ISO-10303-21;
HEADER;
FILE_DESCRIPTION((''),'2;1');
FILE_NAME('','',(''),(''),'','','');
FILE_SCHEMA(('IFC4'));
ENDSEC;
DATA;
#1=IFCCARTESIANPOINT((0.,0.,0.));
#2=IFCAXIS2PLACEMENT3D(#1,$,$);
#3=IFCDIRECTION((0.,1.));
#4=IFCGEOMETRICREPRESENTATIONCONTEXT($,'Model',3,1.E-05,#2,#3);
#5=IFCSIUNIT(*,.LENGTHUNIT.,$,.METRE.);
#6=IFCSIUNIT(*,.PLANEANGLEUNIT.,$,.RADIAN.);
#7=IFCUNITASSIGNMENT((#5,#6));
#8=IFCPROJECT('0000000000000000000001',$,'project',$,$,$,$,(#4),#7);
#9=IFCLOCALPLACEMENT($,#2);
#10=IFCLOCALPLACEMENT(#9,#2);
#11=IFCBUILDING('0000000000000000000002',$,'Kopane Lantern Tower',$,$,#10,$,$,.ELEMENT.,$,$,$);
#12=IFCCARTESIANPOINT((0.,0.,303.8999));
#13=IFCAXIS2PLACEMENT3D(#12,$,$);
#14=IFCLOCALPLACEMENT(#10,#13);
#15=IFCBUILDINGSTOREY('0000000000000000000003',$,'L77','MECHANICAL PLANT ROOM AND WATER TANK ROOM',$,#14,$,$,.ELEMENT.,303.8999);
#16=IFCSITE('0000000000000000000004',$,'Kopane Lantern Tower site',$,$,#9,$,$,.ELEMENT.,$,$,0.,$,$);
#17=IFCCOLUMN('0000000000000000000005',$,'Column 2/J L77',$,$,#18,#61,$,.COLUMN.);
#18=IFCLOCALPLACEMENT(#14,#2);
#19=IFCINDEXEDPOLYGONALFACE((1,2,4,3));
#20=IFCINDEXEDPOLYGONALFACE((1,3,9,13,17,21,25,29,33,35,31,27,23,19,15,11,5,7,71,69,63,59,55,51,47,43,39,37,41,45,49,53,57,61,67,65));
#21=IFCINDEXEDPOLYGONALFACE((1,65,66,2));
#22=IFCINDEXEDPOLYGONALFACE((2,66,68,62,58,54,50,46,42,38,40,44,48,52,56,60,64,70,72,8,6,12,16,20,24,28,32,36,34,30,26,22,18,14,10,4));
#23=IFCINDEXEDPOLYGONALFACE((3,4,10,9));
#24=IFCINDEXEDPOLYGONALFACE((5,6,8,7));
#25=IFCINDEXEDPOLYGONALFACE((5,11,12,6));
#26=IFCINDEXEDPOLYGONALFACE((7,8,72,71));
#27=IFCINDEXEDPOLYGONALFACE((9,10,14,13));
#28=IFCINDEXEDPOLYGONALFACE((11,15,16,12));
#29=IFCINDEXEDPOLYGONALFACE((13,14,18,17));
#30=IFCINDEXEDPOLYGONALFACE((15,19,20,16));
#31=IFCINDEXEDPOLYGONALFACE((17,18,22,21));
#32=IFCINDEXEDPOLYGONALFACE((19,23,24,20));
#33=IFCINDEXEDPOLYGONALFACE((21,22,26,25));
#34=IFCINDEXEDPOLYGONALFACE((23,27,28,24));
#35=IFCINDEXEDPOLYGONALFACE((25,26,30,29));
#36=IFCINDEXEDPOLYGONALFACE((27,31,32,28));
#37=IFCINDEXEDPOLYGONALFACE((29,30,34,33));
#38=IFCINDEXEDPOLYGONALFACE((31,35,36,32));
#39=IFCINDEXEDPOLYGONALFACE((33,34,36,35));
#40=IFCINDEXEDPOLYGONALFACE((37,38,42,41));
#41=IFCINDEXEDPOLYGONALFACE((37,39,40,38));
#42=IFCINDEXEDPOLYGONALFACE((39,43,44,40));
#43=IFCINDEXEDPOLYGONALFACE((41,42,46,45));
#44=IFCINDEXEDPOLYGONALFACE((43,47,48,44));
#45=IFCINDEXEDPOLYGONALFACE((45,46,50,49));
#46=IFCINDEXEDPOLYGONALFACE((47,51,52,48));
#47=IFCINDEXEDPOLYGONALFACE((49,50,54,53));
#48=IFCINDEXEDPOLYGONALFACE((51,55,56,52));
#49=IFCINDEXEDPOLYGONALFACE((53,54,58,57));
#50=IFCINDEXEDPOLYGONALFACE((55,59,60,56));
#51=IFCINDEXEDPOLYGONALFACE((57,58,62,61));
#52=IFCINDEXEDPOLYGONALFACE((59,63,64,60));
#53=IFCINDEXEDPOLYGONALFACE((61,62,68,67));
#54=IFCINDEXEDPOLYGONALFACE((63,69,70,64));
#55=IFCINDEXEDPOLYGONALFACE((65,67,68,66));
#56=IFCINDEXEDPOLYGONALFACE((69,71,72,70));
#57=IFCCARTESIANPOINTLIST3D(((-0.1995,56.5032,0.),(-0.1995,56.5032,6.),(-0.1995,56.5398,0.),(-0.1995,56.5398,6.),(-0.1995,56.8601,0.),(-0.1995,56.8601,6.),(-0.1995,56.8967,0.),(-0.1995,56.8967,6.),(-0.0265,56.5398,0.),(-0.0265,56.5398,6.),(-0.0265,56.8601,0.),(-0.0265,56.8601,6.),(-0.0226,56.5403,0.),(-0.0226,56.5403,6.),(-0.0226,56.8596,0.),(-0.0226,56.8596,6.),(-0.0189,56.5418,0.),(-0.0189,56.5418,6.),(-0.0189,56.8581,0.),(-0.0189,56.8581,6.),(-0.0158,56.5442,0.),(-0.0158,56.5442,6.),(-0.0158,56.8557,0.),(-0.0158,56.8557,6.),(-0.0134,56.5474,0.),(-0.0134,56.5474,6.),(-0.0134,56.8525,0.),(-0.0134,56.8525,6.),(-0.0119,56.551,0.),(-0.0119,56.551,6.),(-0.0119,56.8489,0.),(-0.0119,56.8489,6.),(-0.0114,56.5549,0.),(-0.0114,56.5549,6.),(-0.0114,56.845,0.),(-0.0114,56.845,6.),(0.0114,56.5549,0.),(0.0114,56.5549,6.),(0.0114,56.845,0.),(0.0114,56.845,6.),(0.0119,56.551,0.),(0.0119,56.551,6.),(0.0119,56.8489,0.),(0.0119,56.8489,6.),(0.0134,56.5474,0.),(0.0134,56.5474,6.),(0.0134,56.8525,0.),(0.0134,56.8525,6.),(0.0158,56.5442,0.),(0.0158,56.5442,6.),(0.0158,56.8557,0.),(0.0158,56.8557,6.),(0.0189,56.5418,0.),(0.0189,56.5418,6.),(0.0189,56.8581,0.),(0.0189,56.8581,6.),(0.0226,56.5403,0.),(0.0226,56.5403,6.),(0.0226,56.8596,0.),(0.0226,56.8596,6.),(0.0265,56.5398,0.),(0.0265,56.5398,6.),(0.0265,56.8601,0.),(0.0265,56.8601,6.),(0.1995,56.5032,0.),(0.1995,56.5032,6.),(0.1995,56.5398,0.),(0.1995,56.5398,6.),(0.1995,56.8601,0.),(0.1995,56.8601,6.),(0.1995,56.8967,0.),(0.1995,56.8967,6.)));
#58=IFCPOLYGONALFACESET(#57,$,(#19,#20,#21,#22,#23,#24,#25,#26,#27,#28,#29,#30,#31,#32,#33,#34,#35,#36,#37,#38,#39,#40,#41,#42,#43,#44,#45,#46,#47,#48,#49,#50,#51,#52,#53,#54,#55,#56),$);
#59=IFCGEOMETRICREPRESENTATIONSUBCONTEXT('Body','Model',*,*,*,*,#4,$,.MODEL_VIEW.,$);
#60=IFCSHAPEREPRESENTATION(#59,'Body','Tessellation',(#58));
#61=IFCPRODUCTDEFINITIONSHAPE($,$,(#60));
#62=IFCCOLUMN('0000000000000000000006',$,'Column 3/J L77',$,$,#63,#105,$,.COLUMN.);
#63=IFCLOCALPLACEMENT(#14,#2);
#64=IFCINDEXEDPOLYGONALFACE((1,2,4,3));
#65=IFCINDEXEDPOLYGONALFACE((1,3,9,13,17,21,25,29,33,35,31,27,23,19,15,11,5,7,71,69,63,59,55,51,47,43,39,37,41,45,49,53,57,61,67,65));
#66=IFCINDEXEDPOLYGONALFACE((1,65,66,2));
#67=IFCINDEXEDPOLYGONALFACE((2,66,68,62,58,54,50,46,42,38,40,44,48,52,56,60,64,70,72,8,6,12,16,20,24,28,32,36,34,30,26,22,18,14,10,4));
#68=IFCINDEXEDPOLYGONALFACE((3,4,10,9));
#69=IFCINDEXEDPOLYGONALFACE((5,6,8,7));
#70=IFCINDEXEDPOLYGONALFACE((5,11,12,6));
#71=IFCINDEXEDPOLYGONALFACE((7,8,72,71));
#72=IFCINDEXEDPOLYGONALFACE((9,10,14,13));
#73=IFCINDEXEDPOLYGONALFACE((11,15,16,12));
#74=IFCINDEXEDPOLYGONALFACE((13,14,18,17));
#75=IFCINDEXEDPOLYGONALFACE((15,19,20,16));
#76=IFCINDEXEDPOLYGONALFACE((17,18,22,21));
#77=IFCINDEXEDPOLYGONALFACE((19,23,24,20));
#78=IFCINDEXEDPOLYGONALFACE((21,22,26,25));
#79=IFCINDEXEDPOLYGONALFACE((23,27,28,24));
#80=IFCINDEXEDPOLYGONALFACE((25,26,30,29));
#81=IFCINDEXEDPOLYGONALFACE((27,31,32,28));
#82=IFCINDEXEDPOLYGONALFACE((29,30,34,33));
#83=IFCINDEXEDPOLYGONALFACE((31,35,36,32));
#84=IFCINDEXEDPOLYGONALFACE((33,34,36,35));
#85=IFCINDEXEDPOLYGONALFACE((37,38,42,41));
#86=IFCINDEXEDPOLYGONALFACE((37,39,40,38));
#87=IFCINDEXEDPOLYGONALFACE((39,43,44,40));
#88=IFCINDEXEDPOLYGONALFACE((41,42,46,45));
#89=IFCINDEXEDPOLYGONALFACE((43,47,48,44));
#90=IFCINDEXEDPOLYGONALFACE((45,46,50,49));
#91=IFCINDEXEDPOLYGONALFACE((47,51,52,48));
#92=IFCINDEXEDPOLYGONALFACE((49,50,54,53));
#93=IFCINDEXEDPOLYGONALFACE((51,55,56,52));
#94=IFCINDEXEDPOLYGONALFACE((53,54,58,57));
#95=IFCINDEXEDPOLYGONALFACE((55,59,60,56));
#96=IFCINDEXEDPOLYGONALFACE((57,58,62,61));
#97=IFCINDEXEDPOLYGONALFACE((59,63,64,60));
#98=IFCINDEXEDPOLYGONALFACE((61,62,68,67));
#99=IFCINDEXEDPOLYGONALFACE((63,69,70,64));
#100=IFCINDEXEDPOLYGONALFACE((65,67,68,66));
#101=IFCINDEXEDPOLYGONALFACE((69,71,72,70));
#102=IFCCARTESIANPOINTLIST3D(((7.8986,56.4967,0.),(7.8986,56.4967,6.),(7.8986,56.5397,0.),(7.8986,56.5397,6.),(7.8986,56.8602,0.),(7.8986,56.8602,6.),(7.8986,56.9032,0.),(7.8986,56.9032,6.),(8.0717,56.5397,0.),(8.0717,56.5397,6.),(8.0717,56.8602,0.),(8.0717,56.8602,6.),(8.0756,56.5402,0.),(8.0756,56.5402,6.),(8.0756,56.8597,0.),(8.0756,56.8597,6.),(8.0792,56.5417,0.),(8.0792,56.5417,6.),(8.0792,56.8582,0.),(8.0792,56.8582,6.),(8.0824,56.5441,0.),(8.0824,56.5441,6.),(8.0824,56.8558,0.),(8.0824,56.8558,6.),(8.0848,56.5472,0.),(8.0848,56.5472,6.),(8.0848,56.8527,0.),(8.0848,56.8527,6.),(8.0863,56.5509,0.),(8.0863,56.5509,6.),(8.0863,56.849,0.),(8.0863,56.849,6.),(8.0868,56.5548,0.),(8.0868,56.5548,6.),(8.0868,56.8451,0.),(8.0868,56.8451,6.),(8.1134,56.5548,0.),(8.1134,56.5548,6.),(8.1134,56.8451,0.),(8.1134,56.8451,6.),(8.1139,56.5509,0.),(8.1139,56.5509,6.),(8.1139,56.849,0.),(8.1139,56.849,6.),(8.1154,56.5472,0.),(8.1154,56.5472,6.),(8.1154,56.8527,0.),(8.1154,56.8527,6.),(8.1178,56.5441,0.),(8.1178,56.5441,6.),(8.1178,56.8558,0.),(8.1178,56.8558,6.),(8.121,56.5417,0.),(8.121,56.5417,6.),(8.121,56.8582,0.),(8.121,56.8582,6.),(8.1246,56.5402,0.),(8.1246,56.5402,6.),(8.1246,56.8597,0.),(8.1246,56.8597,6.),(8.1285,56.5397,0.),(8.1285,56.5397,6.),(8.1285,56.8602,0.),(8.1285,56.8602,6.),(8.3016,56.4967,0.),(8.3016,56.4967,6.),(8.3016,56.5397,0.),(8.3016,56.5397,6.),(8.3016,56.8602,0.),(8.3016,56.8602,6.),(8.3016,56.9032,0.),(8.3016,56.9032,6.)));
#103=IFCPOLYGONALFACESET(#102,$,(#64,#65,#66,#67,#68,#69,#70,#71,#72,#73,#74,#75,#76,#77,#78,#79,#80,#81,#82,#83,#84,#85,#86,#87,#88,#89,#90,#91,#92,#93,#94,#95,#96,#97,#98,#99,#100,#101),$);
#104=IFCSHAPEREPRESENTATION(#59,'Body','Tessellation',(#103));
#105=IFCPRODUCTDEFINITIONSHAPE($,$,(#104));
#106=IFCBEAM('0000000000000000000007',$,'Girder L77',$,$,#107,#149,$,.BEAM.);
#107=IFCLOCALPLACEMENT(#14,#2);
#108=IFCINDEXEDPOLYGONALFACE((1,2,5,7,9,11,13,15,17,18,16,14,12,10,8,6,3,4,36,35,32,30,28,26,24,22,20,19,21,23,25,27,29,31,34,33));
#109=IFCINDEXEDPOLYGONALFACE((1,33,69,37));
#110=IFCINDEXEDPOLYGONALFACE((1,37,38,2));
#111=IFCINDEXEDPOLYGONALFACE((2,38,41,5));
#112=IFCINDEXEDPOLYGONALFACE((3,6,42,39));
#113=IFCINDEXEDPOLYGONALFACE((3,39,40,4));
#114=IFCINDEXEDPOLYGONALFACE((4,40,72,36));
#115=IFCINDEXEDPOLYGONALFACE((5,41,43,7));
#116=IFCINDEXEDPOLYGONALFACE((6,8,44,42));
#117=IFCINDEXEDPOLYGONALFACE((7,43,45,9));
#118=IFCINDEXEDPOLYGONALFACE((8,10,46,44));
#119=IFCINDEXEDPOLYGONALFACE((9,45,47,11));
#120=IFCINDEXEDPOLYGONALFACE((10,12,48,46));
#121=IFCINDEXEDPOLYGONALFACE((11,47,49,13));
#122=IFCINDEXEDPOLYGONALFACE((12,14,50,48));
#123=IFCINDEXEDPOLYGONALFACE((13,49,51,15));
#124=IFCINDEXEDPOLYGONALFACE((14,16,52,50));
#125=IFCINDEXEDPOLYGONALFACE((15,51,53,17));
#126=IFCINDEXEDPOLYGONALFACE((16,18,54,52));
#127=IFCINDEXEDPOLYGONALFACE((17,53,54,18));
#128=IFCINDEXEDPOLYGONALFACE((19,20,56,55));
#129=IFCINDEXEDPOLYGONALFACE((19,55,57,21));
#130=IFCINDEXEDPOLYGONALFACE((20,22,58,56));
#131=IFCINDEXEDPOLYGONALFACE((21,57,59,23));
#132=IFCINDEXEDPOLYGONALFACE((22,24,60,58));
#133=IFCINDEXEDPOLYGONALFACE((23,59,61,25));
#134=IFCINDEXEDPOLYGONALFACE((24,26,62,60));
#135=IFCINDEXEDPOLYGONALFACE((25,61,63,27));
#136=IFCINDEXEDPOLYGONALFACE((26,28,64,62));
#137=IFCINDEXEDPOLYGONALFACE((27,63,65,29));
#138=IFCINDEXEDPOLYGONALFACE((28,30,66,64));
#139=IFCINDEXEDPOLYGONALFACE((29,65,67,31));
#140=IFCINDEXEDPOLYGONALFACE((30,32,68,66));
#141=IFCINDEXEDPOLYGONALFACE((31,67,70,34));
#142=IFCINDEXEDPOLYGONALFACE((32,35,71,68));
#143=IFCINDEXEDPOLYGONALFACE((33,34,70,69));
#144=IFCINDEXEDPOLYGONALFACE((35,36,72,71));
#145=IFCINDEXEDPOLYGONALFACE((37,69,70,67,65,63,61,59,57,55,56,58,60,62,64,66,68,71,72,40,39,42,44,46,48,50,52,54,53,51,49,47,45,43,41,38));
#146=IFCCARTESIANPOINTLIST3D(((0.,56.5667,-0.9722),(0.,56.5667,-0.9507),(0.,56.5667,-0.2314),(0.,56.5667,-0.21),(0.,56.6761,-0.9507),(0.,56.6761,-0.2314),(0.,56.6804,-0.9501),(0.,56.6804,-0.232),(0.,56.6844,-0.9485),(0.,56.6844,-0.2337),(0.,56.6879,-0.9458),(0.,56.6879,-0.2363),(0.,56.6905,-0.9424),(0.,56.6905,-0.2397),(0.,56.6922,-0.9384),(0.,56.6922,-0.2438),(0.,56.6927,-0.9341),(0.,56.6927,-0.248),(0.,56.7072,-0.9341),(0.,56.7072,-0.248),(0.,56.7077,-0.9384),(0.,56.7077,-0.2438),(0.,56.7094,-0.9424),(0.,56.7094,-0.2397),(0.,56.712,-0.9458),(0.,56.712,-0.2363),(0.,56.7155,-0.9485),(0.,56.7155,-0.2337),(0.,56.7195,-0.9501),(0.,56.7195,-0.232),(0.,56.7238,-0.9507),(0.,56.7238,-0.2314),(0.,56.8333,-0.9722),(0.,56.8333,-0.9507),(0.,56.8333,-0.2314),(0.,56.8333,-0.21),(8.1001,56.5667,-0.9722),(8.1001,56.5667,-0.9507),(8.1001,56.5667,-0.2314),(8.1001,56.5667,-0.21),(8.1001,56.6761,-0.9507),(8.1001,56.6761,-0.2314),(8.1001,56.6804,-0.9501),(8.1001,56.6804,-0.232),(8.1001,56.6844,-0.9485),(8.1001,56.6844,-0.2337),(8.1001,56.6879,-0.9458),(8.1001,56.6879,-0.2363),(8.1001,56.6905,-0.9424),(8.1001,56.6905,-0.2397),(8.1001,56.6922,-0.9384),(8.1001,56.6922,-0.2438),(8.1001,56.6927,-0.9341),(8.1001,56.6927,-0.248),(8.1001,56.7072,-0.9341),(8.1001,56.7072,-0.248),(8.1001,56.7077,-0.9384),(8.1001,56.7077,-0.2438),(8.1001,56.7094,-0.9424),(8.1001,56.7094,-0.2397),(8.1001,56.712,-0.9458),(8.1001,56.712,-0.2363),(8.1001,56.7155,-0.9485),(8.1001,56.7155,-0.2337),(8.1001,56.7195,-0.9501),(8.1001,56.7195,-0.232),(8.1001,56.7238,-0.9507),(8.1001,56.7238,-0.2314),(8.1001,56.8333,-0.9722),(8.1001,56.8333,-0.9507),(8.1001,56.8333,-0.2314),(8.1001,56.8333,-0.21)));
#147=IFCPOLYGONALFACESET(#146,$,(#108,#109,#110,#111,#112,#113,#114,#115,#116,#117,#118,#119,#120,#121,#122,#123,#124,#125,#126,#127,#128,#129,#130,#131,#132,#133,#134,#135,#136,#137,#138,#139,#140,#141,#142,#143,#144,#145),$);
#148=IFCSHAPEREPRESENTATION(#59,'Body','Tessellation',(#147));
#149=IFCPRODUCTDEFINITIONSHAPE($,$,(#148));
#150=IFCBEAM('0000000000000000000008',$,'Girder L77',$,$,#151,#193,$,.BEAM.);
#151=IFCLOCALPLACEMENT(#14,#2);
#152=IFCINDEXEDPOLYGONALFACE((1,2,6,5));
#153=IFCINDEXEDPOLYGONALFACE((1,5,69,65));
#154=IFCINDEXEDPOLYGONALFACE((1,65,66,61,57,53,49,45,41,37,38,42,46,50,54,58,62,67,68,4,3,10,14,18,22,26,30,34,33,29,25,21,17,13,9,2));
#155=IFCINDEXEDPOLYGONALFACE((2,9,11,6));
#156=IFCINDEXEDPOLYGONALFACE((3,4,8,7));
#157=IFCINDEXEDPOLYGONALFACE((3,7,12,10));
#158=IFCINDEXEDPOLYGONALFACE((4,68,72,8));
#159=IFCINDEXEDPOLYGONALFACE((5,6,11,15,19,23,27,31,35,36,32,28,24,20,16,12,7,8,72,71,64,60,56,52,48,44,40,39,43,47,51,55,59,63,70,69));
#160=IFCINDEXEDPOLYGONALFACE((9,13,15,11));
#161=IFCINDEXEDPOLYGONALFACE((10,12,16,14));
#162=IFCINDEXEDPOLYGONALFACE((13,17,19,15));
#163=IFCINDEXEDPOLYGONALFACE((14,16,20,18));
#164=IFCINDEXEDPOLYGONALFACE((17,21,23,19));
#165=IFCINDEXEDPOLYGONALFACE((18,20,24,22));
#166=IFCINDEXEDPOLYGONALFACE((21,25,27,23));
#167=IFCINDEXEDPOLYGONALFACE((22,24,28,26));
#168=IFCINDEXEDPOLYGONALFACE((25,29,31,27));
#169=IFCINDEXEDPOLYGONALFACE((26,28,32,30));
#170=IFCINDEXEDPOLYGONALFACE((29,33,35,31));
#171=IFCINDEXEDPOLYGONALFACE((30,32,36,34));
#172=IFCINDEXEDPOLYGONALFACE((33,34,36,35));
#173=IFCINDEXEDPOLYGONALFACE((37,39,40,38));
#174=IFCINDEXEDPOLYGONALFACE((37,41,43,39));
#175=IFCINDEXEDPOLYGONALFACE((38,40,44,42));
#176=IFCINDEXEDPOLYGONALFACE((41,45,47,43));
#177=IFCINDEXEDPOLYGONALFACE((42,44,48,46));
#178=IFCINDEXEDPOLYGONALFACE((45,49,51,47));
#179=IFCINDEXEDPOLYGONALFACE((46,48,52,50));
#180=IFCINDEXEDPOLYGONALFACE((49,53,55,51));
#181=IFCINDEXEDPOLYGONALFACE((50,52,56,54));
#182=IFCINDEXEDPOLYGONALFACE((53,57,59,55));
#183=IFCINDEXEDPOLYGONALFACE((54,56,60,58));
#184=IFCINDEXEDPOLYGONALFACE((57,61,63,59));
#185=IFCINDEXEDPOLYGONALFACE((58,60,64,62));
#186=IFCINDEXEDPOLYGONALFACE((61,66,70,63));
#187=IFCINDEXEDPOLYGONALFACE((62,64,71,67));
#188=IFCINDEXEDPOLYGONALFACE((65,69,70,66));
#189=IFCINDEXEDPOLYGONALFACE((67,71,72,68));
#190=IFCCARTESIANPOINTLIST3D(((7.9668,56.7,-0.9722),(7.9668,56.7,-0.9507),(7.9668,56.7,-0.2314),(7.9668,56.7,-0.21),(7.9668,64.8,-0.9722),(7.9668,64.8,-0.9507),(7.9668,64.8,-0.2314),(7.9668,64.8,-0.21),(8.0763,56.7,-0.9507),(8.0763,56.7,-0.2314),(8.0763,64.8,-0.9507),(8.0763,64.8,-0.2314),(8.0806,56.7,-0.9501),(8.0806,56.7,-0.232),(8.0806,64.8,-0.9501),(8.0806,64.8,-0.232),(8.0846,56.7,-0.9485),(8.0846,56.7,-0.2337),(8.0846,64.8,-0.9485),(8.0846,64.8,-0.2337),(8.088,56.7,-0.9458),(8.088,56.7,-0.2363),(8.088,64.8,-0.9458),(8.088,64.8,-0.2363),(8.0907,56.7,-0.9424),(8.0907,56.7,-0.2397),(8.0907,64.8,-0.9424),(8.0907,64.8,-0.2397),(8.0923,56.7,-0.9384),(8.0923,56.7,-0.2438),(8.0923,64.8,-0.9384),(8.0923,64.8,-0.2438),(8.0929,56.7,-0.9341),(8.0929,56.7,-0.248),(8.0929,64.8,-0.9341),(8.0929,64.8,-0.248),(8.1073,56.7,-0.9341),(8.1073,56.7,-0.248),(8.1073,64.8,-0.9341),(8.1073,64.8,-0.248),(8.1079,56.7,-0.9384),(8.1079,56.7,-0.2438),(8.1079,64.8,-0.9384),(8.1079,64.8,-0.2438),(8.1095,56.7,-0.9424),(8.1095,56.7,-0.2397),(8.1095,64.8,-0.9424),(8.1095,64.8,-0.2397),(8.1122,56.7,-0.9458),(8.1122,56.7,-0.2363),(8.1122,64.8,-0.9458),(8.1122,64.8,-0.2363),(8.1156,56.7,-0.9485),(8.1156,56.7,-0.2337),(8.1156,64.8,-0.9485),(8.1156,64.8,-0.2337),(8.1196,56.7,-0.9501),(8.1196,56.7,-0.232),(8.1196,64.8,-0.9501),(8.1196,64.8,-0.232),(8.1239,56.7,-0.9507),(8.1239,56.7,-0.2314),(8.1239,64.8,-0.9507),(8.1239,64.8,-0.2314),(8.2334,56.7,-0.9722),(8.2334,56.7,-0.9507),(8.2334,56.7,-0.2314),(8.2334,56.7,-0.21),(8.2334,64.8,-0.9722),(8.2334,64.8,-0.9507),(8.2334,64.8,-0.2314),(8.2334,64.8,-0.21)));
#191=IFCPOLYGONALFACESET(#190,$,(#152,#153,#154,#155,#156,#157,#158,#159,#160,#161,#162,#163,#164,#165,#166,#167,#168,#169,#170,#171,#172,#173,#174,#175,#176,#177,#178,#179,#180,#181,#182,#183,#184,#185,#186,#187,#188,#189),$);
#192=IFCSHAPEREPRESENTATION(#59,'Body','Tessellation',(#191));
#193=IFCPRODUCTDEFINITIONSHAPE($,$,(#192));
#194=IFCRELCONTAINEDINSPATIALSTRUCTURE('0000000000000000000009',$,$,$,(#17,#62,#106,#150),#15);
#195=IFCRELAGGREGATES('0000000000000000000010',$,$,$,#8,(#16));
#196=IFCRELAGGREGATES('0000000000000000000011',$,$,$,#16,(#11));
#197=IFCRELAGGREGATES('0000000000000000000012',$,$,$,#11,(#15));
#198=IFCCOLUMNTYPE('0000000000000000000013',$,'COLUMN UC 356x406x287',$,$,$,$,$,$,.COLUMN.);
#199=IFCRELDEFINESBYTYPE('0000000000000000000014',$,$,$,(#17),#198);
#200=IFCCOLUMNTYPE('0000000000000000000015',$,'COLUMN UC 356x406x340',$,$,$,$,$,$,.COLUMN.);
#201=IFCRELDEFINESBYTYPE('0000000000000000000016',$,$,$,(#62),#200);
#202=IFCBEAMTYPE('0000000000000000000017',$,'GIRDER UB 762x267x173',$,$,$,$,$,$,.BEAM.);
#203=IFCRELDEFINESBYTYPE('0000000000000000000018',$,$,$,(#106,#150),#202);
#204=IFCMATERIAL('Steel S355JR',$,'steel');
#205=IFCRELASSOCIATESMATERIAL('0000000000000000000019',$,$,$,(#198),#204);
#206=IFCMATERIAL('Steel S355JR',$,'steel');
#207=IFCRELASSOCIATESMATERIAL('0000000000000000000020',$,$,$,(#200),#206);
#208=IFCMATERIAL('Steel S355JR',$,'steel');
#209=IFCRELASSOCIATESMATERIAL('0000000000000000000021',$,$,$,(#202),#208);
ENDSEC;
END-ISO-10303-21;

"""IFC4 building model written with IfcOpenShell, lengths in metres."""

from ifc_helpers import new_model, si_unit, direction, frame, origin, origin_2d, place, context, subcontext, project, spatial, i_section, extrude, material, material_profile, profile_set, type_object, element, save


model = new_model("IFC4")

# Units and contexts
model_context = context("Model", 3, precision=1e-05, world=origin(), true_north=direction((0.0, 1.0)))
body_context = subcontext(model_context, "Body", "Model", "MODEL_VIEW")
ifc_project = project(units=[si_unit("LENGTHUNIT", "METRE"), si_unit("PLANEANGLEUNIT", "RADIAN")], contexts=[model_context])

# Site, building, storey
site_placement = place(None, origin())
site = spatial("IfcSite", under=ifc_project, at=site_placement, Name="Kopane Lantern Tower site", CompositionType="ELEMENT", RefElevation=0.0)
building_placement = place(site_placement, origin())
building = spatial("IfcBuilding", under=site, at=building_placement, Name="Kopane Lantern Tower", CompositionType="ELEMENT")
storey_placement = place(building_placement, frame((0.0, 0.0, 303.8999)))
storey = spatial("IfcBuildingStorey", under=building, at=storey_placement, Name="L77", Description="MECHANICAL PLANT ROOM AND WATER TANK ROOM", CompositionType="ELEMENT", Elevation=303.8999)

# Columns
ifc_material_1 = material(Name="Steel S355JR", Category="steel")
ifc_material_profile_1 = material_profile(ifc_material_1, i_section(OverallWidth=0.3989, OverallDepth=0.3936, WebThickness=0.0227, FlangeThickness=0.0366, FilletRadius=0.0151, at=origin_2d()), Name="UC 356x406x287")
ifc_profile_set_1 = profile_set([ifc_material_profile_1], Name="Steel S355JR")
column_type_1 = type_object("IfcColumnType", Name="COLUMN UC 356x406x287", PredefinedType="COLUMN", material=ifc_profile_set_1)
column_1_placement = place(storey_placement, frame((0.0, 56.7, 0.0), z_axis=(0.0, 0.0, 1.0), x_axis=(1.0, 0.0, 0.0)))
element("IfcColumn", 1, at=column_1_placement, inside=storey, type_object=column_type_1, Name="Column 2/J L77", PredefinedType="COLUMN", context=body_context, shape_type="SweptSolid", body=[
    extrude(i_section(OverallWidth=0.3989, OverallDepth=0.3936, WebThickness=0.0227, FlangeThickness=0.0366, FilletRadius=0.0151, at=origin_2d()), origin(), (0.0, 0.0, 1.0), 6.0),
])
ifc_material_2 = material(Name="Steel S355JR", Category="steel")
ifc_material_profile_2 = material_profile(ifc_material_2, i_section(OverallWidth=0.4031, OverallDepth=0.4065, WebThickness=0.0266, FlangeThickness=0.043, FilletRadius=0.0151, at=origin_2d()), Name="UC 356x406x340")
ifc_profile_set_2 = profile_set([ifc_material_profile_2], Name="Steel S355JR")
column_type_2 = type_object("IfcColumnType", Name="COLUMN UC 356x406x340", PredefinedType="COLUMN", material=ifc_profile_set_2)
column_2_placement = place(storey_placement, frame((8.1001, 56.7, 0.0), z_axis=(0.0, 0.0, 1.0), x_axis=(1.0, 0.0, 0.0)))
element("IfcColumn", 2, at=column_2_placement, inside=storey, type_object=column_type_2, Name="Column 3/J L77", PredefinedType="COLUMN", context=body_context, shape_type="SweptSolid", body=[
    extrude(i_section(OverallWidth=0.4031, OverallDepth=0.4065, WebThickness=0.0266, FlangeThickness=0.043, FilletRadius=0.0151, at=origin_2d()), origin(), (0.0, 0.0, 1.0), 6.0),
])

# Beams
ifc_material_3 = material(Name="Steel S355JR", Category="steel")
ifc_material_profile_3 = material_profile(ifc_material_3, i_section(OverallWidth=0.2666, OverallDepth=0.7622, WebThickness=0.0144, FlangeThickness=0.0215, FilletRadius=0.0166, at=origin_2d()), Name="UB 762x267x173")
ifc_profile_set_3 = profile_set([ifc_material_profile_3], Name="Steel S355JR")
beam_type_1 = type_object("IfcBeamType", Name="GIRDER UB 762x267x173", PredefinedType="BEAM", material=ifc_profile_set_3)
for number, where, z_axis, x_axis, name in (
    (3, (0.0, 56.7, -0.5911), (1.0, 0.0, 0.0), (0.0, 1.0, 0.0), "Girder L77"),
    (4, (8.1001, 56.7, -0.5911), (0.0, 1.0, 0.0), (-1.0, 0.0, 0.0), "Girder L77"),
):
    element("IfcBeam", number, at=place(storey_placement, frame(where, z_axis=z_axis, x_axis=x_axis)), inside=storey, type_object=beam_type_1, Name=name, PredefinedType="BEAM", context=body_context, shape_type="SweptSolid", body=[
        extrude(i_section(OverallWidth=0.2666, OverallDepth=0.7622, WebThickness=0.0144, FlangeThickness=0.0215, FilletRadius=0.0166, at=origin_2d()), origin(), (0.0, 0.0, 1.0), 8.1001),
    ])

save(model, "model.ifc")
